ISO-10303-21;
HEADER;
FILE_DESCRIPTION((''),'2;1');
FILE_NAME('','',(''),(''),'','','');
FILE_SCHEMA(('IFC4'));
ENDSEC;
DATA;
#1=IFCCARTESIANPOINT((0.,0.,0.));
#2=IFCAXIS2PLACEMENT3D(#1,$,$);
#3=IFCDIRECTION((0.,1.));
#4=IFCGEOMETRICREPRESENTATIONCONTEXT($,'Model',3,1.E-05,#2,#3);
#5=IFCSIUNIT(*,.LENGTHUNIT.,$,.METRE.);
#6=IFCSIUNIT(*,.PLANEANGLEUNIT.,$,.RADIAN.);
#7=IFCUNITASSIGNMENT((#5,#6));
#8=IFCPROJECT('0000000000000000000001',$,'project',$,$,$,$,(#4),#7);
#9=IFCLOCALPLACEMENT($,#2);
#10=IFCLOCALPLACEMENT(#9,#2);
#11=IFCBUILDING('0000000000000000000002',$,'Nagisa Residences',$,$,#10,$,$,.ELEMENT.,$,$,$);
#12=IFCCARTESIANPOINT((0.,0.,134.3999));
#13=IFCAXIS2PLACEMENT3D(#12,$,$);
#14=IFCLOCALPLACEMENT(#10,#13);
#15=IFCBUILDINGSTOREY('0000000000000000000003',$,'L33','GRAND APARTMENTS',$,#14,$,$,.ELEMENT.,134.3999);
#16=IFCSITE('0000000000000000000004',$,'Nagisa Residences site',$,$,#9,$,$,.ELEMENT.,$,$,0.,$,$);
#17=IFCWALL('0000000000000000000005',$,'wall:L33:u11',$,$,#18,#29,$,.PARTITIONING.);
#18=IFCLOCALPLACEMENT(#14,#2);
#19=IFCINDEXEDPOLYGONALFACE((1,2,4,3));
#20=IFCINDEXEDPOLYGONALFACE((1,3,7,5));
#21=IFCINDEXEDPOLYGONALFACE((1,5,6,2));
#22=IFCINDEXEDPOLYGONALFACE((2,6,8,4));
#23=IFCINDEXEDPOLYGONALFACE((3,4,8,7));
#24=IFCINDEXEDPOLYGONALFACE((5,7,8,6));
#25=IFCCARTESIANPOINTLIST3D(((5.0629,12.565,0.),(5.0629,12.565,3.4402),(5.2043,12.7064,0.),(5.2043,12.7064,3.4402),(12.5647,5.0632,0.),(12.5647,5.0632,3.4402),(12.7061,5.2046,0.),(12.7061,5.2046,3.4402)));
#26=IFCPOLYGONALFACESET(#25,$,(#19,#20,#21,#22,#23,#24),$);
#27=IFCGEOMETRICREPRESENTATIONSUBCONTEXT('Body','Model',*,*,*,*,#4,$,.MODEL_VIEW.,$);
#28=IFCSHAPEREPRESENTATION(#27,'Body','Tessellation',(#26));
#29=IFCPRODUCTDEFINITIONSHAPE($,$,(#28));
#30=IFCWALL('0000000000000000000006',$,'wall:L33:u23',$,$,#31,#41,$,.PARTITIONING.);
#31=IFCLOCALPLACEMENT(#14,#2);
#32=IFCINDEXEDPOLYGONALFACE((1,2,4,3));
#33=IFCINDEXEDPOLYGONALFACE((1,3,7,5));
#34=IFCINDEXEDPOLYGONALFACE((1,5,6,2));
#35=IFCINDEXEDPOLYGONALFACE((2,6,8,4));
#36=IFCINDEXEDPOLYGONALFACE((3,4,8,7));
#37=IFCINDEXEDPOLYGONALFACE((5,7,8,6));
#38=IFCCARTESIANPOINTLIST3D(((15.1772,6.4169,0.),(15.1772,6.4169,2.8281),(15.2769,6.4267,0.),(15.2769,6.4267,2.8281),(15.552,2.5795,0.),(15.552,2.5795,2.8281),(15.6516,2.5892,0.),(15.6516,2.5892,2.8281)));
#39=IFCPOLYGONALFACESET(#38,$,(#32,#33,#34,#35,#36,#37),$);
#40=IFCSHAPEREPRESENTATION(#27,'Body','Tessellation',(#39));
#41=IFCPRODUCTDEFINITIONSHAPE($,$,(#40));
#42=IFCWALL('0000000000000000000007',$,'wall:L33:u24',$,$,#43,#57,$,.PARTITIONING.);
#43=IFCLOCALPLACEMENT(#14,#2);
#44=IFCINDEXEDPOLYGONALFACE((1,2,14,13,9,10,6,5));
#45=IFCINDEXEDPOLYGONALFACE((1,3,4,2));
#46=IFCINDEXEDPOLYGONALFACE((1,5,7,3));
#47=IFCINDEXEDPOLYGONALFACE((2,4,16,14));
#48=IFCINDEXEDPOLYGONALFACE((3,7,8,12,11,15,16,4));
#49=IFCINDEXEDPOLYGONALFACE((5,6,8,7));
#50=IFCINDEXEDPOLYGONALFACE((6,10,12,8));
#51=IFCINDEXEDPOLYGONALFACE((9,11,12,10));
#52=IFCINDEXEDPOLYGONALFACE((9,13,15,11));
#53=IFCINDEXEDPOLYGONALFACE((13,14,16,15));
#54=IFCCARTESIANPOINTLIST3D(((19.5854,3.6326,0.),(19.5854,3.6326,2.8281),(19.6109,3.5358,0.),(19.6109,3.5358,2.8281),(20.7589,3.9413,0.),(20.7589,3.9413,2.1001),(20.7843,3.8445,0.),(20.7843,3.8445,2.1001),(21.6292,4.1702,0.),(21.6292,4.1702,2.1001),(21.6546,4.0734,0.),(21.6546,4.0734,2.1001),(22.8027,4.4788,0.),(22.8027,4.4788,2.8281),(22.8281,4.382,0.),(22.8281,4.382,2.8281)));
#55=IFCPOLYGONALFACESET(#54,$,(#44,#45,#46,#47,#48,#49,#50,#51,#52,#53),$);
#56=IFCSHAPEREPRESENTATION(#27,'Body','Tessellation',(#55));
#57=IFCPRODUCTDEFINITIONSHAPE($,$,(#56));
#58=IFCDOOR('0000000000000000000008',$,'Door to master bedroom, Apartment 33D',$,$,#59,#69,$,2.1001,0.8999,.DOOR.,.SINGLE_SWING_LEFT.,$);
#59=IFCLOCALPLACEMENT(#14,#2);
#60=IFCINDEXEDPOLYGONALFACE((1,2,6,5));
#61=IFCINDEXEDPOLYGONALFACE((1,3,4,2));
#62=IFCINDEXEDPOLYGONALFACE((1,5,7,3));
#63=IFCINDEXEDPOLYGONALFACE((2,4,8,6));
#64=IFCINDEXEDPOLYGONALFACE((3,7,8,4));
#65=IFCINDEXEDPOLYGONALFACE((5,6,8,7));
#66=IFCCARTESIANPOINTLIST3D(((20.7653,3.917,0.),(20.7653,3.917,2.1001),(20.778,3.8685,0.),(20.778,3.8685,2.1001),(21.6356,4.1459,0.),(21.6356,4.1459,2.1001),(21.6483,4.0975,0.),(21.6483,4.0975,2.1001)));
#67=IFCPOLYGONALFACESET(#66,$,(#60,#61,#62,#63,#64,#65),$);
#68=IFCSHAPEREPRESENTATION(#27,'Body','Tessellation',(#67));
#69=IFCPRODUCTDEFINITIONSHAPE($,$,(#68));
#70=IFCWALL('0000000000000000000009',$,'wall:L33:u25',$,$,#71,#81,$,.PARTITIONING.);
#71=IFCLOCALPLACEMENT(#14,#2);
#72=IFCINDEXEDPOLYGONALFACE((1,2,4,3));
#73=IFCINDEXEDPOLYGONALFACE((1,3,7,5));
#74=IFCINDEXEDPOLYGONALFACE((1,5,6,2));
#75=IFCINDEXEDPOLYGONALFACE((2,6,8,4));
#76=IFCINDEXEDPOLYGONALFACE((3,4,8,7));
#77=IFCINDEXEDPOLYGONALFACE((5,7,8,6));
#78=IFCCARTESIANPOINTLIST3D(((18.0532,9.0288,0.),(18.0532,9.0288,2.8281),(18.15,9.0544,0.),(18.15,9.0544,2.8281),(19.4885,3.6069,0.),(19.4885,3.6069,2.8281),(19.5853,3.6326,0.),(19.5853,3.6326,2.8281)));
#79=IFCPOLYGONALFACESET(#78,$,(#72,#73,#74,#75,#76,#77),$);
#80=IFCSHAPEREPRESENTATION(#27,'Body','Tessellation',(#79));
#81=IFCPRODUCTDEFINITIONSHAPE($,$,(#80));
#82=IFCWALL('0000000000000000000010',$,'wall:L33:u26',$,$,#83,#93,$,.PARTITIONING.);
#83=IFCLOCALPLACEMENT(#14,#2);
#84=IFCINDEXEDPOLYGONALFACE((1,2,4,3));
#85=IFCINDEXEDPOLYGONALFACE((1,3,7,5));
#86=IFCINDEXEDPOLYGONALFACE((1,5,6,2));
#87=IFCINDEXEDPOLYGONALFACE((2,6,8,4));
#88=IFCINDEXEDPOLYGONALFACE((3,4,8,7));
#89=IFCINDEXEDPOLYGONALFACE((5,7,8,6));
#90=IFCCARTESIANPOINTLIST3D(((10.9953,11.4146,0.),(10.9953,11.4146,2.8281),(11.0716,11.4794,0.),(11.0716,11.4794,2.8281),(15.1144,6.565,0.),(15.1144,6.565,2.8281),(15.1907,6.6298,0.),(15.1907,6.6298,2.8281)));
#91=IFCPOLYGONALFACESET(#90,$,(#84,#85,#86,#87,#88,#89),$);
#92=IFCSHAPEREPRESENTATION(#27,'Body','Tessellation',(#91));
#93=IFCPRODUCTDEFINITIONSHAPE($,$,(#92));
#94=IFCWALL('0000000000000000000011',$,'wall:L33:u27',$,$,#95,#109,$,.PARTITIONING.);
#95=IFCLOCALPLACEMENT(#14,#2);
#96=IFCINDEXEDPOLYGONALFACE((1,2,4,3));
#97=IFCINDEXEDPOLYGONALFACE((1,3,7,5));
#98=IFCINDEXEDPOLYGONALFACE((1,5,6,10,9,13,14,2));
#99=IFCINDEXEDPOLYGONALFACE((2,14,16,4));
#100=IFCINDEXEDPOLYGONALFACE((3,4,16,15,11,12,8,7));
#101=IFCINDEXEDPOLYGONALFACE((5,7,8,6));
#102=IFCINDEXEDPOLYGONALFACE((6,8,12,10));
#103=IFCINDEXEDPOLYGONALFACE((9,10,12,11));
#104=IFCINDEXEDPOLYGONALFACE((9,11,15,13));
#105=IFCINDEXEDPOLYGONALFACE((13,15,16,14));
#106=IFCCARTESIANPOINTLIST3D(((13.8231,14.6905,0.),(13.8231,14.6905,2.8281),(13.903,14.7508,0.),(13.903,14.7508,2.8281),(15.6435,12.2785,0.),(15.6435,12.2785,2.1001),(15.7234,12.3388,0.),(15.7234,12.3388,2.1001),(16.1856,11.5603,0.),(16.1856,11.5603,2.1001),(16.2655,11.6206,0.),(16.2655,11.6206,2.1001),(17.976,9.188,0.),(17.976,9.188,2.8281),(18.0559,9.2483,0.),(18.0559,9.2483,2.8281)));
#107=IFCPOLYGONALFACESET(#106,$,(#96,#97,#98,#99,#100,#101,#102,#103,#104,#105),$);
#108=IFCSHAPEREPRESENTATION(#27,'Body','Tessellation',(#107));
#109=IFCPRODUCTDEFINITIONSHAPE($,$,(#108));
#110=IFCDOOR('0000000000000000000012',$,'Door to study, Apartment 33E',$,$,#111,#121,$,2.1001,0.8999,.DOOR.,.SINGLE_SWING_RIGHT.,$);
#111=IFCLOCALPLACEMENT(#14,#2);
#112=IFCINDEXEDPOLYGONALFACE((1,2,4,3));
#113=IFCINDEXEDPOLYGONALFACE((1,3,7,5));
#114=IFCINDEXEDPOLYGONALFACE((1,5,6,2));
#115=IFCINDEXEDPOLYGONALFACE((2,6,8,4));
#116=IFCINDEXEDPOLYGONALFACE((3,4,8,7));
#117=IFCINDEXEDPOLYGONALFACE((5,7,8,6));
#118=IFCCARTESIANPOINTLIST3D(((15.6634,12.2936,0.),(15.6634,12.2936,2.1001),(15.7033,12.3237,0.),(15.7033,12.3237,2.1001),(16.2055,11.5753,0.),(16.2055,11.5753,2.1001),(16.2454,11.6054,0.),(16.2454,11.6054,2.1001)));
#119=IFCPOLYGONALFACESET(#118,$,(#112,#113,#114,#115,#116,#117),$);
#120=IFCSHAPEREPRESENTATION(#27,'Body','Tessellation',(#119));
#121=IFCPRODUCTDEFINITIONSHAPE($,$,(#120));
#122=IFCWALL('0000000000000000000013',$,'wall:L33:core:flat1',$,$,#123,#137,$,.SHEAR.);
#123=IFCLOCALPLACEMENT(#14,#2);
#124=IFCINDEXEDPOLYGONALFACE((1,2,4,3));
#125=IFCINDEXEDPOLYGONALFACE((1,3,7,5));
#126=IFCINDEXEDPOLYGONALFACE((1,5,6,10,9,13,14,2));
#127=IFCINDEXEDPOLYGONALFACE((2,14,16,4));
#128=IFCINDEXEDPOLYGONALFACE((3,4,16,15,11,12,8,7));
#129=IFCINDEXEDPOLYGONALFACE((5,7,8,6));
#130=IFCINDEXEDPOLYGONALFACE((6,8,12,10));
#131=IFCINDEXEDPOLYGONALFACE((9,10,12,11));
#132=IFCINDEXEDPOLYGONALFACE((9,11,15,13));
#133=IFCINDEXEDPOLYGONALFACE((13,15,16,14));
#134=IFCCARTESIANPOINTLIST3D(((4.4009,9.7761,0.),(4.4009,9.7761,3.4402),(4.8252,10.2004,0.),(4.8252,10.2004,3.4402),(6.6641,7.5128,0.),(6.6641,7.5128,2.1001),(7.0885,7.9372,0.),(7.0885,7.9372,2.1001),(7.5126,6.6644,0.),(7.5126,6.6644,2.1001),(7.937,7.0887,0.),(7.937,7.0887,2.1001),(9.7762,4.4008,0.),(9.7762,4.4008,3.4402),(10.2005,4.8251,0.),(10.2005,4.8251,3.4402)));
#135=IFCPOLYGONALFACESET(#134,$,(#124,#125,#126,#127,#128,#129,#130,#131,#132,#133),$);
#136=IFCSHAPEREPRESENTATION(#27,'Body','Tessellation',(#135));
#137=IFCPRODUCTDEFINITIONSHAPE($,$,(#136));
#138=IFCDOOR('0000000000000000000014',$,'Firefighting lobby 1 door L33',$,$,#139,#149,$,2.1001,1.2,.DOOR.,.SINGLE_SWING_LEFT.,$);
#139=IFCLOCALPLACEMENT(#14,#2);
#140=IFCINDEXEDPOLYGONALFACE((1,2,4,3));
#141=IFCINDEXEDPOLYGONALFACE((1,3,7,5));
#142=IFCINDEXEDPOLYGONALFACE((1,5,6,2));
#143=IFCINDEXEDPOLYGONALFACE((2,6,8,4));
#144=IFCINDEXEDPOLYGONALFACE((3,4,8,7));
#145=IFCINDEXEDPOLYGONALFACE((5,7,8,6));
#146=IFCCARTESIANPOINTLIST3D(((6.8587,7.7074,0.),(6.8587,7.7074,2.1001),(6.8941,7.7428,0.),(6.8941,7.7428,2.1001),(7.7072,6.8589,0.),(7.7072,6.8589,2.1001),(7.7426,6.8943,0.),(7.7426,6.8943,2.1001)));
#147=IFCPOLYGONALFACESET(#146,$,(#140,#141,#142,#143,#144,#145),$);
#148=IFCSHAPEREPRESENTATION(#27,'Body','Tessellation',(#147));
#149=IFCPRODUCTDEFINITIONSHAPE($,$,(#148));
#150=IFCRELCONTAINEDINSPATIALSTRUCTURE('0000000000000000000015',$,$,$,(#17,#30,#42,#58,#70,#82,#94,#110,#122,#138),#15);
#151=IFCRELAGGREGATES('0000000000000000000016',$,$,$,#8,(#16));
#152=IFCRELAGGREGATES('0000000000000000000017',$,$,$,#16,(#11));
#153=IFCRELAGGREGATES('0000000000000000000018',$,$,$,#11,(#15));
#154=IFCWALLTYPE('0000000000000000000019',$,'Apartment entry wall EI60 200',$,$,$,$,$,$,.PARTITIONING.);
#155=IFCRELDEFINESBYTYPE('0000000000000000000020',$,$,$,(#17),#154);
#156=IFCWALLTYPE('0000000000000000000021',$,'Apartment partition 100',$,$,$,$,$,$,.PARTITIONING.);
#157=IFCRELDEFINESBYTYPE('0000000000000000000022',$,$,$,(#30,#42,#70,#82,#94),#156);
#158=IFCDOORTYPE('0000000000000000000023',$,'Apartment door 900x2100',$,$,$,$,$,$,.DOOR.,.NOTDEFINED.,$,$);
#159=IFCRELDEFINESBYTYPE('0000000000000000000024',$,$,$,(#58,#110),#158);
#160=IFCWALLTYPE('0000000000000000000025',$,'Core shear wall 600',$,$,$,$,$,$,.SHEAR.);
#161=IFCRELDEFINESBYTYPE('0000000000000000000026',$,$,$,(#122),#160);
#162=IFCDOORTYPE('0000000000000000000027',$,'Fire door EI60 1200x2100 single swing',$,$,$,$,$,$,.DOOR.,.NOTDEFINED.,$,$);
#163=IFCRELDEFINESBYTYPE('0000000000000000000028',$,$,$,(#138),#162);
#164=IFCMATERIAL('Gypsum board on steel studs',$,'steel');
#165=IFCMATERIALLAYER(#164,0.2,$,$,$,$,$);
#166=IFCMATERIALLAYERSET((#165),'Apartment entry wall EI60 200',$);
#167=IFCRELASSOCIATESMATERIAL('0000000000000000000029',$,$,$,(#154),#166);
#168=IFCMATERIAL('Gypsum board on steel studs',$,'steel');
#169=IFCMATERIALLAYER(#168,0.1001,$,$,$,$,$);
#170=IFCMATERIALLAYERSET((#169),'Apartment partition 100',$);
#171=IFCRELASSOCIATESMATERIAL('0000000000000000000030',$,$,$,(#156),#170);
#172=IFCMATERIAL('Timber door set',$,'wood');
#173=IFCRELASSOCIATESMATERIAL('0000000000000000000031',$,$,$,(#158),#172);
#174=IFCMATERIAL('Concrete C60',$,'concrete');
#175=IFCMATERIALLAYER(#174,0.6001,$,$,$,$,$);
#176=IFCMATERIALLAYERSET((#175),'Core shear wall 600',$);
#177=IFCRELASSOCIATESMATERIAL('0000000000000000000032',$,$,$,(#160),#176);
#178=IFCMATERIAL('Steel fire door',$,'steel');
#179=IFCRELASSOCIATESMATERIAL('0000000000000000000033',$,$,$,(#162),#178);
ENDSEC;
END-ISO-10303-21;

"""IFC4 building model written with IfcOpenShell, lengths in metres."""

from ifc_helpers import new_model, si_unit, direction, frame, frame_2d, origin, place, context, subcontext, project, spatial, rectangle, extrude, material, layer, layer_set, type_object, element, fill, save


model = new_model("IFC4")

# Units and contexts
model_context = context("Model", 3, precision=1e-05, world=origin(), true_north=direction((0.0, 1.0)))
body_context = subcontext(model_context, "Body", "Model", "MODEL_VIEW")
ifc_project = project(units=[si_unit("LENGTHUNIT", "METRE"), si_unit("PLANEANGLEUNIT", "RADIAN")], contexts=[model_context])

# Site, building, storey
site_placement = place(None, origin())
site = spatial("IfcSite", under=ifc_project, at=site_placement, Name="Nagisa Residences site", CompositionType="ELEMENT", RefElevation=0.0)
building_placement = place(site_placement, origin())
building = spatial("IfcBuilding", under=site, at=building_placement, Name="Nagisa Residences", CompositionType="ELEMENT")
storey_placement = place(building_placement, frame((0.0, 0.0, 134.3999)))
storey = spatial("IfcBuildingStorey", under=building, at=storey_placement, Name="L33", Description="GRAND APARTMENTS", CompositionType="ELEMENT", Elevation=134.3999)

# Walls
ifc_material_1 = material(Name="Gypsum board on steel studs", Category="steel")
ifc_layer_1 = layer(ifc_material_1, 0.2)
ifc_layer_set_1 = layer_set([ifc_layer_1], Name="Apartment entry wall EI60 200")
wall_type_1 = type_object("IfcWallType", Name="Apartment entry wall EI60 200", PredefinedType="PARTITIONING", material=ifc_layer_set_1)
wall_1_placement = place(storey_placement, frame((12.6355, 5.1338, 0.0), z_axis=(0.0, 0.0, 1.0), x_axis=(-0.707107, 0.707107, 0.0)))
element("IfcWall", 1, at=wall_1_placement, inside=storey, type_object=wall_type_1, Name="wall:L33:u11", PredefinedType="PARTITIONING", context=body_context, shape_type="SweptSolid", body=[
    extrude(rectangle(XDim=10.6091, YDim=0.2, at=frame_2d((5.3047, 0.0))), origin(), (0.0, 0.0, 1.0), 3.4402),
])
ifc_material_2 = material(Name="Gypsum board on steel studs", Category="steel")
ifc_layer_2 = layer(ifc_material_2, 0.1001)
ifc_layer_set_2 = layer_set([ifc_layer_2], Name="Apartment partition 100")
wall_type_2 = type_object("IfcWallType", Name="Apartment partition 100", PredefinedType="PARTITIONING", material=ifc_layer_set_2)
wall_2_placement = place(storey_placement, frame((15.6018, 2.5845, 0.0), z_axis=(0.0, 0.0, 1.0), x_axis=(-0.097196, 0.995265, 0.0)))
element("IfcWall", 2, at=wall_2_placement, inside=storey, type_object=wall_type_2, Name="wall:L33:u23", PredefinedType="PARTITIONING", context=body_context, shape_type="SweptSolid", body=[
    extrude(rectangle(XDim=3.8557, YDim=0.1001, at=frame_2d((1.9277, 0.0))), origin(), (0.0, 0.0, 1.0), 2.8281),
])

# Wall, opening, door
wall_3_placement = place(storey_placement, frame((19.5981, 3.5842, 0.0), z_axis=(0.0, 0.0, 1.0), x_axis=(0.967109, 0.254363, 0.0)))
wall_3 = element("IfcWall", 3, at=wall_3_placement, inside=storey, type_object=wall_type_2, Name="wall:L33:u24", PredefinedType="PARTITIONING", context=body_context, shape_type="SweptSolid", body=[
    extrude(rectangle(XDim=3.3267, YDim=0.1001, at=frame_2d((1.6633, 0.0))), origin(), (0.0, 0.0, 1.0), 2.8281),
])
opening_1_placement = place(wall_3_placement, frame((1.2134, 0.0, 0.0)))
opening_1 = element("IfcOpeningElement", 4, at=opening_1_placement, cuts=wall_3, PredefinedType="OPENING", context=body_context, shape_type="SweptSolid", body=[
    extrude(rectangle(XDim=0.8999, YDim=2.1001, at=frame_2d((0.45, 1.05))), frame((0.0, 0.0601, 0.0), z_axis=(0.0, -1.0, 0.0), x_axis=(1.0, 0.0, 0.0)), (0.0, 0.0, 1.0), 0.1201),
])
ifc_material_3 = material(Name="Timber door set", Category="wood")
door_type_1 = type_object("IfcDoorType", Name="Apartment door 900x2100", OperationType="NOTDEFINED", PredefinedType="DOOR", material=ifc_material_3)
door_1_placement = place(opening_1_placement, origin())
door_1 = element("IfcDoor", 5, at=door_1_placement, inside=storey, type_object=door_type_1, Name="Door to master bedroom, Apartment 33D", OperationType="SINGLE_SWING_LEFT", OverallHeight=2.1001, OverallWidth=0.8999, PredefinedType="DOOR", context=body_context, shape_type="SweptSolid", body=[
    extrude(rectangle(XDim=0.8999, YDim=2.1001, at=frame_2d((0.45, 1.05))), frame((0.0, 0.0249, 0.0), z_axis=(0.0, -1.0, 0.0), x_axis=(1.0, 0.0, 0.0)), (0.0, 0.0, 1.0), 0.05),
])
fill(opening_1, door_1)

# Walls
wall_4_placement = place(storey_placement, frame((19.5369, 3.6199, 0.0), z_axis=(0.0, 0.0, 1.0), x_axis=(-0.255909, 0.966701, 0.0)))
element("IfcWall", 6, at=wall_4_placement, inside=storey, type_object=wall_type_2, Name="wall:L33:u25", PredefinedType="PARTITIONING", context=body_context, shape_type="SweptSolid", body=[
    extrude(rectangle(XDim=5.6086, YDim=0.1001, at=frame_2d((2.8042, 0.0))), origin(), (0.0, 0.0, 1.0), 2.8281),
])
wall_5_placement = place(storey_placement, frame((15.1526, 6.5974, 0.0), z_axis=(0.0, 0.0, 1.0), x_axis=(-0.647372, 0.762174, 0.0)))
element("IfcWall", 7, at=wall_5_placement, inside=storey, type_object=wall_type_2, Name="wall:L33:u26", PredefinedType="PARTITIONING", context=body_context, shape_type="SweptSolid", body=[
    extrude(rectangle(XDim=6.3628, YDim=0.1001, at=frame_2d((3.1814, 0.0))), origin(), (0.0, 0.0, 1.0), 2.8281),
])

# Walls, openings, doors
wall_6_placement = place(storey_placement, frame((18.0159, 9.2183, 0.0), z_axis=(0.0, 0.0, 1.0), x_axis=(-0.602411, 0.798186, 0.0)))
wall_6 = element("IfcWall", 8, at=wall_6_placement, inside=storey, type_object=wall_type_2, Name="wall:L33:u27", PredefinedType="PARTITIONING", context=body_context, shape_type="SweptSolid", body=[
    extrude(rectangle(XDim=6.8938, YDim=0.1001, at=frame_2d((3.4468, 0.0))), origin(), (0.0, 0.0, 1.0), 2.8281),
])
opening_2_placement = place(wall_6_placement, frame((2.9719, 0.0, 0.0)))
opening_2 = element("IfcOpeningElement", 9, at=opening_2_placement, cuts=wall_6, PredefinedType="OPENING", context=body_context, shape_type="SweptSolid", body=[
    extrude(rectangle(XDim=0.8999, YDim=2.1001, at=frame_2d((0.45, 1.05))), frame((0.0, 0.0601, 0.0), z_axis=(0.0, -1.0, 0.0), x_axis=(1.0, 0.0, 0.0)), (0.0, 0.0, 1.0), 0.1201),
])
door_2_placement = place(opening_2_placement, frame((0.8999, 0.0, 0.0), x_axis=(-1.0, 0.0, 0.0)))
door_2 = element("IfcDoor", 10, at=door_2_placement, inside=storey, type_object=door_type_1, Name="Door to study, Apartment 33E", OperationType="SINGLE_SWING_RIGHT", OverallHeight=2.1001, OverallWidth=0.8999, PredefinedType="DOOR", context=body_context, shape_type="SweptSolid", body=[
    extrude(rectangle(XDim=0.8999, YDim=2.1001, at=frame_2d((0.45, 1.05))), frame((0.0, 0.0249, 0.0), z_axis=(0.0, -1.0, 0.0), x_axis=(1.0, 0.0, 0.0)), (0.0, 0.0, 1.0), 0.05),
])
fill(opening_2, door_2)
ifc_material_4 = material(Name="Concrete C60", Category="concrete")
ifc_layer_3 = layer(ifc_material_4, 0.6001)
ifc_layer_set_3 = layer_set([ifc_layer_3], Name="Core shear wall 600")
wall_type_3 = type_object("IfcWallType", Name="Core shear wall 600", PredefinedType="SHEAR", material=ifc_layer_set_3)
wall_7_placement = place(storey_placement, frame((9.9883, 4.613, 0.0), z_axis=(0.0, 0.0, 1.0), x_axis=(-0.707107, 0.707107, 0.0)))
wall_7 = element("IfcWall", 11, at=wall_7_placement, inside=storey, type_object=wall_type_3, Name="wall:L33:core:flat1", PredefinedType="SHEAR", context=body_context, shape_type="SweptSolid", body=[
    extrude(rectangle(XDim=7.6018, YDim=0.6001, at=frame_2d((3.8008, 0.0))), origin(), (0.0, 0.0, 1.0), 3.4402),
])
opening_3_placement = place(wall_7_placement, frame((3.2009, 0.0, 0.0)))
opening_3 = element("IfcOpeningElement", 12, at=opening_3_placement, cuts=wall_7, PredefinedType="OPENING", context=body_context, shape_type="SweptSolid", body=[
    extrude(rectangle(XDim=1.2, YDim=2.1001, at=frame_2d((0.6001, 1.05))), frame((0.0, 0.3101, 0.0), z_axis=(0.0, -1.0, 0.0), x_axis=(1.0, 0.0, 0.0)), (0.0, 0.0, 1.0), 0.6201),
])
ifc_material_5 = material(Name="Steel fire door", Category="steel")
door_type_2 = type_object("IfcDoorType", Name="Fire door EI60 1200x2100 single swing", OperationType="NOTDEFINED", PredefinedType="DOOR", material=ifc_material_5)
door_3_placement = place(opening_3_placement, origin())
door_3 = element("IfcDoor", 13, at=door_3_placement, inside=storey, type_object=door_type_2, Name="Firefighting lobby 1 door L33", OperationType="SINGLE_SWING_LEFT", OverallHeight=2.1001, OverallWidth=1.2, PredefinedType="DOOR", context=body_context, shape_type="SweptSolid", body=[
    extrude(rectangle(XDim=1.2, YDim=2.1001, at=frame_2d((0.6001, 1.05))), frame((0.0, 0.0249, 0.0), z_axis=(0.0, -1.0, 0.0), x_axis=(1.0, 0.0, 0.0)), (0.0, 0.0, 1.0), 0.05),
])
fill(opening_3, door_3)

save(model, "model.ifc")
